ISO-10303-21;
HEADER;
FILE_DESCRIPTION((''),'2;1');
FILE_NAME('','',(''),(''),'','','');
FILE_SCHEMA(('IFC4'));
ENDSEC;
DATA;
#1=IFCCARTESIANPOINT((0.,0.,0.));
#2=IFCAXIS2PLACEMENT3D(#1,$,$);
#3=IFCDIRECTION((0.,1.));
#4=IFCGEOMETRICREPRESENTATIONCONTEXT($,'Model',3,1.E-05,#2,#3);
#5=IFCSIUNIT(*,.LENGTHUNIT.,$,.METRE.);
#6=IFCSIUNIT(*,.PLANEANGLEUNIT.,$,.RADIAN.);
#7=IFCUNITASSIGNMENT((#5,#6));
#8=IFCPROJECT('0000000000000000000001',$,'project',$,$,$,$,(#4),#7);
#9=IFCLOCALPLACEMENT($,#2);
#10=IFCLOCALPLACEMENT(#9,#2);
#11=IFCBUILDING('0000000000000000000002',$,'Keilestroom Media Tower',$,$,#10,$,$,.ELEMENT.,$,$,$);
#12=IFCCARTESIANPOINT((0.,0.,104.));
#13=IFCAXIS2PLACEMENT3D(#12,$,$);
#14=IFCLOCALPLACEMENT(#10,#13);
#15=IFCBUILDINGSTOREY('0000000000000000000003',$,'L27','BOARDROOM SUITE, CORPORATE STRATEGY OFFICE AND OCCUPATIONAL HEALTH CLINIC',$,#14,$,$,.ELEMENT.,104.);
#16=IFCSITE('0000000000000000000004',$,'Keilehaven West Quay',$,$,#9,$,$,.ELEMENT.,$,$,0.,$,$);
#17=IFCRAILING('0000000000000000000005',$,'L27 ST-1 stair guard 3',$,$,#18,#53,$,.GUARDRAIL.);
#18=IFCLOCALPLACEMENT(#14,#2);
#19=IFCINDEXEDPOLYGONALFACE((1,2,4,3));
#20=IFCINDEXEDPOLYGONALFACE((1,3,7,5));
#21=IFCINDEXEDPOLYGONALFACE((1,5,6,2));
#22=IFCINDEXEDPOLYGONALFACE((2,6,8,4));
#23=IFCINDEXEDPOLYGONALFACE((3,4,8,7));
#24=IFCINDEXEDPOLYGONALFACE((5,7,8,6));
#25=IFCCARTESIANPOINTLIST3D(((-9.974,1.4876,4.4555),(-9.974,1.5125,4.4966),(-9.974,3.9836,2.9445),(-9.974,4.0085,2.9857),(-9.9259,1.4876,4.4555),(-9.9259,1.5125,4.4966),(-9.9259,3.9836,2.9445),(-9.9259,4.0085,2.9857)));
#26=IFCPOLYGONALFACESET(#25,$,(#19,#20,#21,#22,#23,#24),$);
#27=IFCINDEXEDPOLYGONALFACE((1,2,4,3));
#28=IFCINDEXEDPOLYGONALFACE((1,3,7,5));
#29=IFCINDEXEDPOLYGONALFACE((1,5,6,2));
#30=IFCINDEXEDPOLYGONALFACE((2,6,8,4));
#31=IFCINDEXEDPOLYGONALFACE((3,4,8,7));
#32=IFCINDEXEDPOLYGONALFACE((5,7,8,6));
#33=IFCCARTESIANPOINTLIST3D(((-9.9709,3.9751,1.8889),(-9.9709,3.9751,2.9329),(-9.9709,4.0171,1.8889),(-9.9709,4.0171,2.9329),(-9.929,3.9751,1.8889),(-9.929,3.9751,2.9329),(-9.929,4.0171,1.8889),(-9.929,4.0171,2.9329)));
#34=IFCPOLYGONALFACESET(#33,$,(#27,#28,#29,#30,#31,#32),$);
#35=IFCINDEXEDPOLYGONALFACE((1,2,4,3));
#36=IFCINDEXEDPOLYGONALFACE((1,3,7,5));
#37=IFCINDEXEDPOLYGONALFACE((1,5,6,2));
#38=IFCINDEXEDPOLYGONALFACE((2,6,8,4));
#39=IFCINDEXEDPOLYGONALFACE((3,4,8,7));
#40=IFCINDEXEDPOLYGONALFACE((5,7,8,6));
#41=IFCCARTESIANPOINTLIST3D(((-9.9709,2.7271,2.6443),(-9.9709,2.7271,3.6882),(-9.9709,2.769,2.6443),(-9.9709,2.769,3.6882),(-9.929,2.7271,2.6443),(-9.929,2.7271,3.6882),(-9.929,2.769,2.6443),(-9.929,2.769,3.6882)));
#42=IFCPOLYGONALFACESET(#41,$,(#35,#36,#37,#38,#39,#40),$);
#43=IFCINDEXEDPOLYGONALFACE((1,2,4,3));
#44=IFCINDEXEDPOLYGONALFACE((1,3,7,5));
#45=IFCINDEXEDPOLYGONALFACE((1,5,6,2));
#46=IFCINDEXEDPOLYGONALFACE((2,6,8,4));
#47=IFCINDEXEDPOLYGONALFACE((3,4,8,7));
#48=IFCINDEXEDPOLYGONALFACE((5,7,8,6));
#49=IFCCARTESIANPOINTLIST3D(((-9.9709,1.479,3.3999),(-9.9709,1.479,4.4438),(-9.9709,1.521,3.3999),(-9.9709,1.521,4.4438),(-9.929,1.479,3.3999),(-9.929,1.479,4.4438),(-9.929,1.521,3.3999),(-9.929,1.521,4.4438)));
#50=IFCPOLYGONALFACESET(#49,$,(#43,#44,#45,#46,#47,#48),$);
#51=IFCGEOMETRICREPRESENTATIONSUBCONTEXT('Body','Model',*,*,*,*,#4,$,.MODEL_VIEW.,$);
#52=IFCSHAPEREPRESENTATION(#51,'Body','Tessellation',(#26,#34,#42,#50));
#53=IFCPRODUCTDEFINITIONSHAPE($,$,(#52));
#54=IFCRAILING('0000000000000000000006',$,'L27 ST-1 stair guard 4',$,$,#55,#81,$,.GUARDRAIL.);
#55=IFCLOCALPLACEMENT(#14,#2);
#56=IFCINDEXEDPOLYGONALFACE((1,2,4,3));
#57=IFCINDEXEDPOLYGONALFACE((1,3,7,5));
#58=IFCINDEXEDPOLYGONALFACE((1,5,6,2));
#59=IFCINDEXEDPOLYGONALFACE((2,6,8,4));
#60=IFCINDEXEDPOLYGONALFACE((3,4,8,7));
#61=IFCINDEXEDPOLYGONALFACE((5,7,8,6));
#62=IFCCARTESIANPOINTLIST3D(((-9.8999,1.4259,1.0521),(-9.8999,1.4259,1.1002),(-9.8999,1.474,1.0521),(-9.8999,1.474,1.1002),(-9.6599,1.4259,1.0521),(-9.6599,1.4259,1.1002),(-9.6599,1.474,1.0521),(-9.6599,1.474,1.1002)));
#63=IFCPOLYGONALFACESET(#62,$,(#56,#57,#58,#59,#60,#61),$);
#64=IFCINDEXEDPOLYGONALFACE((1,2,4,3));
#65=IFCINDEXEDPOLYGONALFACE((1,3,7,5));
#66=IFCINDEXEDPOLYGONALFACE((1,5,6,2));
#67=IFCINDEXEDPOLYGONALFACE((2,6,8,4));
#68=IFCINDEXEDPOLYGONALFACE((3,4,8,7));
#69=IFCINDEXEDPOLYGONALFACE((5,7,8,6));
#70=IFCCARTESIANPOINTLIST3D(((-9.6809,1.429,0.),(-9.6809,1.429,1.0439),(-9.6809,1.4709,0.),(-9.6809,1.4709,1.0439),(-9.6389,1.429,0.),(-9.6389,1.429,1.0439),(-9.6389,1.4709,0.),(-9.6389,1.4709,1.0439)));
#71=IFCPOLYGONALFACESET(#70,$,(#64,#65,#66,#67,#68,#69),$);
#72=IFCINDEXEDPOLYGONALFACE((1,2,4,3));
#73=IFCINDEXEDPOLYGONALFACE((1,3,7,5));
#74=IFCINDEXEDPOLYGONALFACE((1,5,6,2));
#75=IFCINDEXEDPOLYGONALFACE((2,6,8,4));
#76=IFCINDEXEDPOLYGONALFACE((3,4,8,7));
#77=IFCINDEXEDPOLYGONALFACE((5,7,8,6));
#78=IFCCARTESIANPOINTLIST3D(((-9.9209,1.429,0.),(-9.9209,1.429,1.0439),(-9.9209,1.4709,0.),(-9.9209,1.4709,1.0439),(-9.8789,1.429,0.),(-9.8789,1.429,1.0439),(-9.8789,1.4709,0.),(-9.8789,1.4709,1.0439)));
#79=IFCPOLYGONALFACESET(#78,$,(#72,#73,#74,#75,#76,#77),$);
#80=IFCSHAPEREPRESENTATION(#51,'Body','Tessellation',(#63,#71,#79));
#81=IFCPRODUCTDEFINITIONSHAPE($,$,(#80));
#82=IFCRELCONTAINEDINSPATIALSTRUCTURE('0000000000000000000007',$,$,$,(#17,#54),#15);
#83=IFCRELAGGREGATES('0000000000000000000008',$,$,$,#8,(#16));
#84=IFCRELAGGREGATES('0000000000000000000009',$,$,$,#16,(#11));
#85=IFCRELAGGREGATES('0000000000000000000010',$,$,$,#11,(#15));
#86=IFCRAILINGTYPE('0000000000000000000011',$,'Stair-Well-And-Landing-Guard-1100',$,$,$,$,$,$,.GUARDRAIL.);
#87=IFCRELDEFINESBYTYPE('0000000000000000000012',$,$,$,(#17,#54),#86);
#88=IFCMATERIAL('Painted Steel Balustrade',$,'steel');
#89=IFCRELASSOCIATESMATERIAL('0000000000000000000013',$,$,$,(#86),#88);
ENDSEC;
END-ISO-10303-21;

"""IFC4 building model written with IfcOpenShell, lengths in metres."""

from ifc_helpers import new_model, si_unit, direction, frame, origin, origin_2d, place, context, subcontext, project, spatial, rectangle, extrude, material, type_object, element, save


model = new_model("IFC4")

# Units and contexts
model_context = context("Model", 3, precision=1e-05, world=origin(), true_north=direction((0.0, 1.0)))
body_context = subcontext(model_context, "Body", "Model", "MODEL_VIEW")
ifc_project = project(units=[si_unit("LENGTHUNIT", "METRE"), si_unit("PLANEANGLEUNIT", "RADIAN")], contexts=[model_context])

# Site, building, storey
site_placement = place(None, origin())
site = spatial("IfcSite", under=ifc_project, at=site_placement, Name="Keilehaven West Quay", CompositionType="ELEMENT", RefElevation=0.0)
building_placement = place(site_placement, origin())
building = spatial("IfcBuilding", under=site, at=building_placement, Name="Keilestroom Media Tower", CompositionType="ELEMENT")
storey_placement = place(building_placement, frame((0.0, 0.0, 104.0)))
storey = spatial("IfcBuildingStorey", under=building, at=storey_placement, Name="L27", Description="BOARDROOM SUITE, CORPORATE STRATEGY OFFICE AND OCCUPATIONAL HEALTH CLINIC", CompositionType="ELEMENT", Elevation=104.0)

# Railings
ifc_material_1 = material(Name="Painted Steel Balustrade", Category="steel")
railing_type_1 = type_object("IfcRailingType", Name="Stair-Well-And-Landing-Guard-1100", PredefinedType="GUARDRAIL", material=ifc_material_1)
railing_1_placement = place(storey_placement, frame((-9.95, 3.9961, 1.8889)))
element("IfcRailing", 1, at=railing_1_placement, inside=storey, type_object=railing_type_1, Name="L27 ST-1 stair guard 3", PredefinedType="GUARDRAIL", context=body_context, shape_type="SweptSolid", body=[
    extrude(rectangle(XDim=0.0481, YDim=0.0481, at=origin_2d()), frame((0.0, 0.0, 1.0762), z_axis=(0.0, -0.855471, 0.517851), x_axis=(1.0, 0.0, 0.0)), (0.0, 0.0, 1.0), 2.9177),
    extrude(rectangle(XDim=0.042, YDim=0.042, at=origin_2d()), origin(), (0.0, 0.0, 1.0), 1.0439),
    extrude(rectangle(XDim=0.042, YDim=0.042, at=origin_2d()), frame((0.0, -1.248, 0.7554)), (0.0, 0.0, 1.0), 1.0439),
    extrude(rectangle(XDim=0.042, YDim=0.042, at=origin_2d()), frame((0.0, -2.4961, 1.511)), (0.0, 0.0, 1.0), 1.0439),
])
railing_2_placement = place(storey_placement, frame((-9.6599, 1.45, 0.0)))
element("IfcRailing", 2, at=railing_2_placement, inside=storey, type_object=railing_type_1, Name="L27 ST-1 stair guard 4", PredefinedType="GUARDRAIL", context=body_context, shape_type="SweptSolid", body=[
    extrude(rectangle(XDim=0.0481, YDim=0.0481, at=origin_2d()), frame((0.0, 0.0, 1.0762), z_axis=(-1.0, 0.0, 0.0), x_axis=(0.0, -1.0, 0.0)), (0.0, 0.0, 1.0), 0.24),
    extrude(rectangle(XDim=0.042, YDim=0.042, at=origin_2d()), origin(), (0.0, 0.0, 1.0), 1.0439),
    extrude(rectangle(XDim=0.042, YDim=0.042, at=origin_2d()), frame((-0.24, 0.0, 0.0)), (0.0, 0.0, 1.0), 1.0439),
])

save(model, "model.ifc")
